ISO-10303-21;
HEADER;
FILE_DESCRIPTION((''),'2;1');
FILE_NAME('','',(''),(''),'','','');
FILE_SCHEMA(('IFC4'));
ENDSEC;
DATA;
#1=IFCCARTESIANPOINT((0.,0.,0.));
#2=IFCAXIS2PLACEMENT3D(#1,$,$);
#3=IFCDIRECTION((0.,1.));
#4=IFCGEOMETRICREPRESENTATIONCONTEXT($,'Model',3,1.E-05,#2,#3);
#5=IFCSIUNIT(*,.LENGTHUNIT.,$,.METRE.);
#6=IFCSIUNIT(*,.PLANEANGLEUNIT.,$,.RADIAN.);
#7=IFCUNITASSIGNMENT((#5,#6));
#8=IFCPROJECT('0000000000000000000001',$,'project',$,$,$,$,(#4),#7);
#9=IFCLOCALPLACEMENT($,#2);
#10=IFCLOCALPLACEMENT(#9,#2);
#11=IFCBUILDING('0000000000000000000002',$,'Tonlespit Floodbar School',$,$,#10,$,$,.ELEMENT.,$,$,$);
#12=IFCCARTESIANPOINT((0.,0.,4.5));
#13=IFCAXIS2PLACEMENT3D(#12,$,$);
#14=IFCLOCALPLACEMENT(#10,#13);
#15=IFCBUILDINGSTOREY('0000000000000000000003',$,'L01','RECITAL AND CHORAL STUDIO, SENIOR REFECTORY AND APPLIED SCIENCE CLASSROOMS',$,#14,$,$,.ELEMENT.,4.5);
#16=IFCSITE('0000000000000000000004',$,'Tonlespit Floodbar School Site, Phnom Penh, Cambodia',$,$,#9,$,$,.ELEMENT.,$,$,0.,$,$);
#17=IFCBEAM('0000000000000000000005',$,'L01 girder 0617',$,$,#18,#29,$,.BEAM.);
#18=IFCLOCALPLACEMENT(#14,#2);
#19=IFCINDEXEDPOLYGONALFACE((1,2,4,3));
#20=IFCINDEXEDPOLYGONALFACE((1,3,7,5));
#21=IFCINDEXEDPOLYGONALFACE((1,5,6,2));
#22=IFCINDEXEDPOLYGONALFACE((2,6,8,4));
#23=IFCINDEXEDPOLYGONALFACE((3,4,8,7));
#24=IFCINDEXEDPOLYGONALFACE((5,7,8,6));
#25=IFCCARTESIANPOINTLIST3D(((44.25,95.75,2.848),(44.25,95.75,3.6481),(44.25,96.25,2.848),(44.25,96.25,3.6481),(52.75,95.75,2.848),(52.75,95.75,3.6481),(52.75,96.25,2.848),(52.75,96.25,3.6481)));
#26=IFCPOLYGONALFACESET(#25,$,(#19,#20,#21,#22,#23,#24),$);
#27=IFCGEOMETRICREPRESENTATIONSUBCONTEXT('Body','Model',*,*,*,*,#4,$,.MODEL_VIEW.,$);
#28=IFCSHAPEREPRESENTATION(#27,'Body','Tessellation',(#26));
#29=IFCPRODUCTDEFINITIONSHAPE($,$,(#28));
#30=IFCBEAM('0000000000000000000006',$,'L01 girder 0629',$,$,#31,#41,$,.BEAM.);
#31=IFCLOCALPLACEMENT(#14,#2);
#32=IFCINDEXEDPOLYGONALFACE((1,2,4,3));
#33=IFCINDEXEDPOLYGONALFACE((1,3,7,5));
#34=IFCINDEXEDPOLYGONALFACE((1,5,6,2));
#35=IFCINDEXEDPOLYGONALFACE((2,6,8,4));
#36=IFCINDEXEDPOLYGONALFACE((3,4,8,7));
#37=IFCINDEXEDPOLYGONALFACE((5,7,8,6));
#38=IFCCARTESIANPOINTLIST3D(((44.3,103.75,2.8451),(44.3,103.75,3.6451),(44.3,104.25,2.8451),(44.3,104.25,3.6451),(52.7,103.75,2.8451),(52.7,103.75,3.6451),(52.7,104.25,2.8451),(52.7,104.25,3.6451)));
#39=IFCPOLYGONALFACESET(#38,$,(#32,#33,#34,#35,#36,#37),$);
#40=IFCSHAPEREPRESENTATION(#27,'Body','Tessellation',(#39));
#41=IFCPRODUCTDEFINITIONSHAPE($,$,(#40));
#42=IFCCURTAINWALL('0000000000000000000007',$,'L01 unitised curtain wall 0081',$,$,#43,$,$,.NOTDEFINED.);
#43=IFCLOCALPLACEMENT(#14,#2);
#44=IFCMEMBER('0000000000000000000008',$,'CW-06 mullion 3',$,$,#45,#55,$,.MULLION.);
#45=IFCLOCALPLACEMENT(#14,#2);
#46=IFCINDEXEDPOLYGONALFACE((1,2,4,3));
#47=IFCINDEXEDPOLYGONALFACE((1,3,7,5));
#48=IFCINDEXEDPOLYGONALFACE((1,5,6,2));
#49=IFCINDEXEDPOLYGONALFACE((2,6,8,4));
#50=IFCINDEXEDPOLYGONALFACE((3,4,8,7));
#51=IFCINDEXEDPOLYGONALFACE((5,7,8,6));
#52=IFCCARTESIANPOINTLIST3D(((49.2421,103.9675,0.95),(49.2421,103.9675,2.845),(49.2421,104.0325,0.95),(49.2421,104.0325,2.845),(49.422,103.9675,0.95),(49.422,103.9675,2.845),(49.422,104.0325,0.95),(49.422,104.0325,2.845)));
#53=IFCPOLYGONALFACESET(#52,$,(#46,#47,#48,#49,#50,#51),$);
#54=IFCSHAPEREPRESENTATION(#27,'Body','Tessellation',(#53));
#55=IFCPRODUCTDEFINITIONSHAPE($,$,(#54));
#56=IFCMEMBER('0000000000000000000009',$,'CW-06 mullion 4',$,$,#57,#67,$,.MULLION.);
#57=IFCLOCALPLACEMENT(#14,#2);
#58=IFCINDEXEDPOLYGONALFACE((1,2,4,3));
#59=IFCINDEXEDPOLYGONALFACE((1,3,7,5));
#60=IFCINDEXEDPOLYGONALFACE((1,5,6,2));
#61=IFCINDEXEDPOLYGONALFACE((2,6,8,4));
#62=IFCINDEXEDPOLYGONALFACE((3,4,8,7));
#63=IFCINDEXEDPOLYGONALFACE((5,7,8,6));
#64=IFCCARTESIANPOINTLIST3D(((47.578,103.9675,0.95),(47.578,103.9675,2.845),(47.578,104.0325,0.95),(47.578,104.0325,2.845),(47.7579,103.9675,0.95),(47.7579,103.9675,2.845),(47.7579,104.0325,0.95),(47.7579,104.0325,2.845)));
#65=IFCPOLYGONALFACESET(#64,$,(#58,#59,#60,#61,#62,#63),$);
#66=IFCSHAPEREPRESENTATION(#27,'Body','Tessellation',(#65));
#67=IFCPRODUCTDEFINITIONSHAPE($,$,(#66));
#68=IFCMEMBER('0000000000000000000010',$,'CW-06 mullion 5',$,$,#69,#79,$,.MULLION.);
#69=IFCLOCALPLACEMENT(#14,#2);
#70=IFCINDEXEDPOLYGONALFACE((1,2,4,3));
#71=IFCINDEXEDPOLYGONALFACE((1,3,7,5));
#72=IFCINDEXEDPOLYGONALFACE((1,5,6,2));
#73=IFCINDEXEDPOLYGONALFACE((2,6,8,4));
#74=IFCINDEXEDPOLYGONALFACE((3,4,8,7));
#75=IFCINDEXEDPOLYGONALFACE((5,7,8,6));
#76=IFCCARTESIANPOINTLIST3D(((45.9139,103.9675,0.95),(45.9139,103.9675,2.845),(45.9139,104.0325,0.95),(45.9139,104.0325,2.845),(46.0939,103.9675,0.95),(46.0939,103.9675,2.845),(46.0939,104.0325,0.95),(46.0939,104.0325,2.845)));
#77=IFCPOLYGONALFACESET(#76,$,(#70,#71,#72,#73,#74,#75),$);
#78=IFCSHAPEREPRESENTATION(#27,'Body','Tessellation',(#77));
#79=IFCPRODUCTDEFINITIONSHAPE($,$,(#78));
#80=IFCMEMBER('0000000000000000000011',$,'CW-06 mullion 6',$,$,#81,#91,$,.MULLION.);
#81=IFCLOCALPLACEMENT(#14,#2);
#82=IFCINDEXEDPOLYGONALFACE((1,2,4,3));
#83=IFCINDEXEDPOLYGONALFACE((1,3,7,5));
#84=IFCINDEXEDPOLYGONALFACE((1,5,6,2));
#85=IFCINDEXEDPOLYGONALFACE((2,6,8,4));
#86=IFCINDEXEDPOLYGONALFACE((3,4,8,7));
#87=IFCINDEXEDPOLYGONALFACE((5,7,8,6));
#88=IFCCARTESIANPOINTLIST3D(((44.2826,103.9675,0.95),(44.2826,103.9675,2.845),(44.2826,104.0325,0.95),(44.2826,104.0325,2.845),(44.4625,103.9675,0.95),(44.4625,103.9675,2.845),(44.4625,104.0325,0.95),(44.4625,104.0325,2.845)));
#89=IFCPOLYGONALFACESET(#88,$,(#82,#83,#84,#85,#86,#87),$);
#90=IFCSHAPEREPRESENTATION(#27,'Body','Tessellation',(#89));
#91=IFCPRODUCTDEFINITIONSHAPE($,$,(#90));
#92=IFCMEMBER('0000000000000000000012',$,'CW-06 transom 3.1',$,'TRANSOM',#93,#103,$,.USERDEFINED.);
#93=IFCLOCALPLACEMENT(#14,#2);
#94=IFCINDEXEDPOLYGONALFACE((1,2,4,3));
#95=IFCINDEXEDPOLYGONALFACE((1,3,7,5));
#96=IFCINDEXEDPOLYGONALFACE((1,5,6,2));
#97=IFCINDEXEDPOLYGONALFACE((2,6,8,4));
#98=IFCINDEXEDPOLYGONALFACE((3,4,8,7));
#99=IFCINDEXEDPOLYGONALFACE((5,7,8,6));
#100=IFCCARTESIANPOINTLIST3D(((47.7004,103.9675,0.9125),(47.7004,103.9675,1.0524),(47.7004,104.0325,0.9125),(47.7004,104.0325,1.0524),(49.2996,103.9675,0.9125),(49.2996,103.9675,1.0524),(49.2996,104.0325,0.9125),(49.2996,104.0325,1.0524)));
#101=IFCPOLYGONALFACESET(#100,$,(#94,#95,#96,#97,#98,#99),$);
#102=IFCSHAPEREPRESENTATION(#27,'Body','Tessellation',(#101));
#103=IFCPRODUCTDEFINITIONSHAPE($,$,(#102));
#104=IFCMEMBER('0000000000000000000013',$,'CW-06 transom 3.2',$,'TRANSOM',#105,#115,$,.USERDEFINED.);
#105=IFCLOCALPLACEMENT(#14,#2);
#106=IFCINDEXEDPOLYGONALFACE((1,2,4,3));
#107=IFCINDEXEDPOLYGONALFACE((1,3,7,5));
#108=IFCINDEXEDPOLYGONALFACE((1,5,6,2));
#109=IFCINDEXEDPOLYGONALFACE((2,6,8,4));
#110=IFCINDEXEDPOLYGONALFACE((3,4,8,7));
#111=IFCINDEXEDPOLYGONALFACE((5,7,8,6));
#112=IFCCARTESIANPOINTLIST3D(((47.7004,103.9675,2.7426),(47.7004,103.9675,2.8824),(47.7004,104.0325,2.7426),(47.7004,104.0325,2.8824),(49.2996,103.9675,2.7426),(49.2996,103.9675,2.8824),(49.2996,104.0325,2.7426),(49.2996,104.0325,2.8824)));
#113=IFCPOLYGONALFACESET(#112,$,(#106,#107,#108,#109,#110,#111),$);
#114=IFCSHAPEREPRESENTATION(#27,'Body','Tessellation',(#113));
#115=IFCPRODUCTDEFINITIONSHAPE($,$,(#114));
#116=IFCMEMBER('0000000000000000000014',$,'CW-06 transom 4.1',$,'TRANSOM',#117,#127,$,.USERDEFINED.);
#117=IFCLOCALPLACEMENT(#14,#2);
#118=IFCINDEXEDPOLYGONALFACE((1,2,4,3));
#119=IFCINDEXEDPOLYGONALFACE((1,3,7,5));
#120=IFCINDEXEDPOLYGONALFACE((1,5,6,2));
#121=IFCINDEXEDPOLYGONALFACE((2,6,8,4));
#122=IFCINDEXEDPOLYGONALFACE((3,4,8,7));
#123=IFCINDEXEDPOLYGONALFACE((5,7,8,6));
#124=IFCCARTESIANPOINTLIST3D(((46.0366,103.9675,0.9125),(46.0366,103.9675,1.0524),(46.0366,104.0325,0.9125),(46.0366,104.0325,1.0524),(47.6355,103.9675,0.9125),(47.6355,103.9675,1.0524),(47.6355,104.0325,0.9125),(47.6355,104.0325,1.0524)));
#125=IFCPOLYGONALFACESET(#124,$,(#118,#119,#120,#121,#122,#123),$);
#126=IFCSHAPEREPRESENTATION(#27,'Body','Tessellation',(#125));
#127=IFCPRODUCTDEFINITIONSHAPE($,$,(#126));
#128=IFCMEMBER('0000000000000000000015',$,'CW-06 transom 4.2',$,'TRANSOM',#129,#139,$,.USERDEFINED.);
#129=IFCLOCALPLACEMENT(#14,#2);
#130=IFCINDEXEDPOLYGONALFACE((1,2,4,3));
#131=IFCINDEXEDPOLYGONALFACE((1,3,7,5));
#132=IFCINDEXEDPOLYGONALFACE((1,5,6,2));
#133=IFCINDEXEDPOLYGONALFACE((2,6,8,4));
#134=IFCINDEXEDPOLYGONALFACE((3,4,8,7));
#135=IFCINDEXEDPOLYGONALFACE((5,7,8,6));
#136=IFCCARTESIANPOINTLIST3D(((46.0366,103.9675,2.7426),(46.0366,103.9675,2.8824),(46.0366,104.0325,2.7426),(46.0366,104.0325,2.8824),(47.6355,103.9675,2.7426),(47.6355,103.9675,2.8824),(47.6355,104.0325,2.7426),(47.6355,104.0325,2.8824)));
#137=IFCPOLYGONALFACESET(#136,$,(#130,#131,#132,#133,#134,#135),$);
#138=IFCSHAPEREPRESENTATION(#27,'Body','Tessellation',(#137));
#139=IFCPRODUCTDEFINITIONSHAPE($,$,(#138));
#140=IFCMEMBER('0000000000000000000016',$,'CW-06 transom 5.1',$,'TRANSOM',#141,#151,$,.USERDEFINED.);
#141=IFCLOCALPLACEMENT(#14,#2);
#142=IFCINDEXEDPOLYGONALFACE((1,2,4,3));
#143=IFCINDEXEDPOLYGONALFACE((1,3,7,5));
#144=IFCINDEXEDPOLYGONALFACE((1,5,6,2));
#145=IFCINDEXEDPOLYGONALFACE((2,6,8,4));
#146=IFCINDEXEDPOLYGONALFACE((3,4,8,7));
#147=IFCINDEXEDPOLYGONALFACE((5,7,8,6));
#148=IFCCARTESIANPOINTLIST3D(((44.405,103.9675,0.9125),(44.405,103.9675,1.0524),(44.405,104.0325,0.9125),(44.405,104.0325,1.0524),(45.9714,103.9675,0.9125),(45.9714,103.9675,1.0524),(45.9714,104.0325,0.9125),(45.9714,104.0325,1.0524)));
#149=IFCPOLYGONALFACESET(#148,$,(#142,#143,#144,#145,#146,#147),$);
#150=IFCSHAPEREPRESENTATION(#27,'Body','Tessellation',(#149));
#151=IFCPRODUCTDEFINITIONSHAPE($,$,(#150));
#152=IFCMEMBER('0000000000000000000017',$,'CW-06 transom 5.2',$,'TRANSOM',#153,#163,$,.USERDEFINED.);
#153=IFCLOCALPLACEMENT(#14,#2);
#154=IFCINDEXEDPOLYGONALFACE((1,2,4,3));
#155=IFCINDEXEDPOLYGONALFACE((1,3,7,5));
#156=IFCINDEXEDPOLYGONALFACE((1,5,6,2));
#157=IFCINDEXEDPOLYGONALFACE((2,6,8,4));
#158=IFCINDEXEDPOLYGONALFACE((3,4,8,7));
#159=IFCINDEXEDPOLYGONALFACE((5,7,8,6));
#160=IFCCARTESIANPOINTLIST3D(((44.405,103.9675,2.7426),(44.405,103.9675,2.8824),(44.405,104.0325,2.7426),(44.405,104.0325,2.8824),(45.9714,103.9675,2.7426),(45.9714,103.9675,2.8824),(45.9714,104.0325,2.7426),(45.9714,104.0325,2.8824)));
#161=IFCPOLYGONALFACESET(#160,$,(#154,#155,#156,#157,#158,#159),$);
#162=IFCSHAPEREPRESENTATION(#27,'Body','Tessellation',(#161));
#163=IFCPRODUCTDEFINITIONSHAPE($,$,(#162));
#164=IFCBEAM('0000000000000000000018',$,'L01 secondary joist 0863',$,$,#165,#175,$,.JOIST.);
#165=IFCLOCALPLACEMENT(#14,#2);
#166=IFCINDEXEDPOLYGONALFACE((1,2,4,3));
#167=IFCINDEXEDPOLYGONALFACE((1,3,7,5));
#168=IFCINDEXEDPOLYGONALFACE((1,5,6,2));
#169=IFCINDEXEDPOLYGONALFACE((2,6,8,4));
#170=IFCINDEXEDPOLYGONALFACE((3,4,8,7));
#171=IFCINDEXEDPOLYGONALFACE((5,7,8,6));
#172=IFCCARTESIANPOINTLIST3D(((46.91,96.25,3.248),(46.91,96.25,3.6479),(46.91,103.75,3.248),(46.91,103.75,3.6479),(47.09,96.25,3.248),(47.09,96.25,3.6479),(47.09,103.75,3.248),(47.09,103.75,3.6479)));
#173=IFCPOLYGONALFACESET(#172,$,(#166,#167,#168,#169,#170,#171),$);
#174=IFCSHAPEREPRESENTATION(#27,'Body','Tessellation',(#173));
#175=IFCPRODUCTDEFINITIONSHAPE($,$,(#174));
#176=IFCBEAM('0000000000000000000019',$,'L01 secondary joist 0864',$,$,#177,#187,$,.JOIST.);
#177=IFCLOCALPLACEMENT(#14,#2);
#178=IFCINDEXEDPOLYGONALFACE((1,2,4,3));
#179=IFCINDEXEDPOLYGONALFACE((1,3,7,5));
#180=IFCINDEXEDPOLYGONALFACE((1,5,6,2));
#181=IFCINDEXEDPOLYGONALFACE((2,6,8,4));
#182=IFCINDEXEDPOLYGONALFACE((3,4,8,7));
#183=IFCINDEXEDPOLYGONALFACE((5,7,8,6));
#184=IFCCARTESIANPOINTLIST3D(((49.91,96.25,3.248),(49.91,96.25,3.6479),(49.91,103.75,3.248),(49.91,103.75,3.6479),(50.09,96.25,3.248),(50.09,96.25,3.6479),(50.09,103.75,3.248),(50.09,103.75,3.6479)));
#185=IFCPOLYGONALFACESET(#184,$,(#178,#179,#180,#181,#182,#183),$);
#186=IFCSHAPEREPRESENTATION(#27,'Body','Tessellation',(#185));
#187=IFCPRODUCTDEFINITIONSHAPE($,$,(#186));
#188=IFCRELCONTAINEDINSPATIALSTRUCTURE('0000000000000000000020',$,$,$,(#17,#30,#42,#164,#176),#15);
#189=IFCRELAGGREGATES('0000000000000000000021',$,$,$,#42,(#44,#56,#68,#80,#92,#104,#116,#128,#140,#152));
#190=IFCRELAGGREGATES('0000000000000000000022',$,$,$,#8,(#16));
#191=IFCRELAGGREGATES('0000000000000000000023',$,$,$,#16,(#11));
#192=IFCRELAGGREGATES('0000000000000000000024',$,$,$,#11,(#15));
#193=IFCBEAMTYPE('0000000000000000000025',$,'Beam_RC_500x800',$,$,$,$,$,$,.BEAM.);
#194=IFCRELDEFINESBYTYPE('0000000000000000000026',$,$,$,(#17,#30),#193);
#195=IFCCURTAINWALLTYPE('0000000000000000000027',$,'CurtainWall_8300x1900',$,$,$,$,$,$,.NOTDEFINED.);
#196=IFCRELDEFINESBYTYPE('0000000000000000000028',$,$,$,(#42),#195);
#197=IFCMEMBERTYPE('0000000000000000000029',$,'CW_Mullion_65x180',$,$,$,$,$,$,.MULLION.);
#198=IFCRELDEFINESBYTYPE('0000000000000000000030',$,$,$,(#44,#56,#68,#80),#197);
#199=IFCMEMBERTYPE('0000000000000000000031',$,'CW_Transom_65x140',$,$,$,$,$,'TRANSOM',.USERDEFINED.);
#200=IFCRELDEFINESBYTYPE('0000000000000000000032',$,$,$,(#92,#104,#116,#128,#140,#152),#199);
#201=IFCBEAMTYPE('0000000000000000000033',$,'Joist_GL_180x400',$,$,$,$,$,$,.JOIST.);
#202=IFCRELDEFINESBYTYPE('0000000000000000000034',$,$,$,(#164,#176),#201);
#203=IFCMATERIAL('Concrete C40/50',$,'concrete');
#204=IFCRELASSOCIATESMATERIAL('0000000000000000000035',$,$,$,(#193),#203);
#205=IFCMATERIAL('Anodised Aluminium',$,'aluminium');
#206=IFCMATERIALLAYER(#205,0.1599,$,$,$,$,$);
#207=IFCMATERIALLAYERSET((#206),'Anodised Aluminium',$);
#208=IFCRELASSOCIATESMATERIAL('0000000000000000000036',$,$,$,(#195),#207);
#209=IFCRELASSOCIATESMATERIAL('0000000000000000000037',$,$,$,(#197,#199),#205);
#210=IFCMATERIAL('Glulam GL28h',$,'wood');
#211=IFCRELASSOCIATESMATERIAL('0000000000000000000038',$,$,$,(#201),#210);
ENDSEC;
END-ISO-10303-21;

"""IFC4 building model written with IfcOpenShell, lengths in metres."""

from ifc_helpers import new_model, si_unit, direction, frame, origin, origin_2d, place, context, subcontext, project, spatial, rectangle, extrude, material, layer, layer_set, material_profile, profile_set, type_object, element, aggregate, save


model = new_model("IFC4")

# Units and contexts
model_context = context("Model", 3, precision=1e-05, world=origin(), true_north=direction((0.0, 1.0)))
body_context = subcontext(model_context, "Body", "Model", "MODEL_VIEW")
ifc_project = project(units=[si_unit("LENGTHUNIT", "METRE"), si_unit("PLANEANGLEUNIT", "RADIAN")], contexts=[model_context])

# Site, building, storey
site_placement = place(None, origin())
site = spatial("IfcSite", under=ifc_project, at=site_placement, Name="Tonlespit Floodbar School Site, Phnom Penh, Cambodia", CompositionType="ELEMENT", RefElevation=0.0)
building_placement = place(site_placement, origin())
building = spatial("IfcBuilding", under=site, at=building_placement, Name="Tonlespit Floodbar School", CompositionType="ELEMENT")
storey_placement = place(building_placement, frame((0.0, 0.0, 4.5)))
storey = spatial("IfcBuildingStorey", under=building, at=storey_placement, Name="L01", Description="RECITAL AND CHORAL STUDIO, SENIOR REFECTORY AND APPLIED SCIENCE CLASSROOMS", CompositionType="ELEMENT", Elevation=4.5)

# Beams
ifc_material_1 = material(Name="Concrete C40/50", Category="concrete")
ifc_material_profile_1 = material_profile(ifc_material_1, rectangle(XDim=0.5, YDim=0.8, at=origin_2d()), Name="RC 500x800")
ifc_profile_set_1 = profile_set([ifc_material_profile_1], Name="Concrete C40/50")
beam_type_1 = type_object("IfcBeamType", Name="Beam_RC_500x800", PredefinedType="BEAM", material=ifc_profile_set_1)
beam_1_placement = place(storey_placement, frame((44.25, 96.0, 3.248), z_axis=(1.0, 0.0, 0.0), x_axis=(0.0, 1.0, 0.0)))
element("IfcBeam", 1, at=beam_1_placement, inside=storey, type_object=beam_type_1, Name="L01 girder 0617", PredefinedType="BEAM", context=body_context, shape_type="SweptSolid", body=[
    extrude(rectangle(XDim=0.5, YDim=0.8, at=origin_2d()), origin(), (0.0, 0.0, 1.0), 8.5),
])
beam_2_placement = place(storey_placement, frame((44.3, 104.0, 3.2451), z_axis=(1.0, 0.0, 0.0), x_axis=(0.0, 1.0, 0.0)))
element("IfcBeam", 2, at=beam_2_placement, inside=storey, type_object=beam_type_1, Name="L01 girder 0629", PredefinedType="BEAM", context=body_context, shape_type="SweptSolid", body=[
    extrude(rectangle(XDim=0.5, YDim=0.8, at=origin_2d()), origin(), (0.0, 0.0, 1.0), 8.3999),
])

# Curtain wall, members
ifc_material_2 = material(Name="Anodised Aluminium", Category="aluminium")
ifc_layer_1 = layer(ifc_material_2, 0.1599)
ifc_layer_set_1 = layer_set([ifc_layer_1], Name="Anodised Aluminium")
curtain_wall_type = type_object("IfcCurtainWallType", Name="CurtainWall_8300x1900", PredefinedType="NOTDEFINED", material=ifc_layer_set_1)
curtain_wall_placement = place(storey_placement, origin())
curtain_wall = element("IfcCurtainWall", 3, at=curtain_wall_placement, inside=storey, type_object=curtain_wall_type, Name="L01 unitised curtain wall 0081", PredefinedType="NOTDEFINED")
ifc_material_profile_2 = material_profile(ifc_material_2, rectangle(XDim=0.0649, YDim=0.1799, at=origin_2d()), Name="ALU M65x180")
ifc_profile_set_2 = profile_set([ifc_material_profile_2], Name="Anodised Aluminium")
member_type_1 = type_object("IfcMemberType", Name="CW_Mullion_65x180", PredefinedType="MULLION", material=ifc_profile_set_2)
member_1_placement = place(storey_placement, frame((49.332, 104.0, 0.95), z_axis=(0.0, 0.0, 1.0), x_axis=(0.0, -1.0, 0.0)))
member_1 = element("IfcMember", 4, at=member_1_placement, type_object=member_type_1, Name="CW-06 mullion 3", PredefinedType="MULLION", context=body_context, shape_type="SweptSolid", body=[
    extrude(rectangle(XDim=0.0649, YDim=0.1799, at=origin_2d()), origin(), (0.0, 0.0, 1.0), 1.895),
])
member_2_placement = place(storey_placement, frame((47.668, 104.0, 0.95), z_axis=(0.0, 0.0, 1.0), x_axis=(0.0, -1.0, 0.0)))
member_2 = element("IfcMember", 5, at=member_2_placement, type_object=member_type_1, Name="CW-06 mullion 4", PredefinedType="MULLION", context=body_context, shape_type="SweptSolid", body=[
    extrude(rectangle(XDim=0.0649, YDim=0.1799, at=origin_2d()), origin(), (0.0, 0.0, 1.0), 1.895),
])
member_3_placement = place(storey_placement, frame((46.0039, 104.0, 0.95), z_axis=(0.0, 0.0, 1.0), x_axis=(0.0, -1.0, 0.0)))
member_3 = element("IfcMember", 6, at=member_3_placement, type_object=member_type_1, Name="CW-06 mullion 5", PredefinedType="MULLION", context=body_context, shape_type="SweptSolid", body=[
    extrude(rectangle(XDim=0.0649, YDim=0.1799, at=origin_2d()), origin(), (0.0, 0.0, 1.0), 1.895),
])
member_4_placement = place(storey_placement, frame((44.3726, 104.0, 0.95), z_axis=(0.0, 0.0, 1.0), x_axis=(0.0, -1.0, 0.0)))
member_4 = element("IfcMember", 7, at=member_4_placement, type_object=member_type_1, Name="CW-06 mullion 6", PredefinedType="MULLION", context=body_context, shape_type="SweptSolid", body=[
    extrude(rectangle(XDim=0.0649, YDim=0.1799, at=origin_2d()), origin(), (0.0, 0.0, 1.0), 1.895),
])
ifc_material_profile_3 = material_profile(ifc_material_2, rectangle(XDim=0.0649, YDim=0.1399, at=origin_2d()), Name="ALU T65x140")
ifc_profile_set_3 = profile_set([ifc_material_profile_3], Name="Anodised Aluminium")
member_type_2 = type_object("IfcMemberType", Name="CW_Transom_65x140", ElementType="TRANSOM", PredefinedType="USERDEFINED", material=ifc_profile_set_3)
member_5_placement = place(storey_placement, frame((49.2996, 104.0, 0.9824), z_axis=(-1.0, 0.0, 0.0), x_axis=(0.0, -1.0, 0.0)))
member_5 = element("IfcMember", 8, at=member_5_placement, type_object=member_type_2, Name="CW-06 transom 3.1", ObjectType="TRANSOM", PredefinedType="USERDEFINED", context=body_context, shape_type="SweptSolid", body=[
    extrude(rectangle(XDim=0.0649, YDim=0.1399, at=origin_2d()), origin(), (0.0, 0.0, 1.0), 1.5991),
])
member_6_placement = place(storey_placement, frame((49.2996, 104.0, 2.8125), z_axis=(-1.0, 0.0, 0.0), x_axis=(0.0, -1.0, 0.0)))
member_6 = element("IfcMember", 9, at=member_6_placement, type_object=member_type_2, Name="CW-06 transom 3.2", ObjectType="TRANSOM", PredefinedType="USERDEFINED", context=body_context, shape_type="SweptSolid", body=[
    extrude(rectangle(XDim=0.0649, YDim=0.1399, at=origin_2d()), origin(), (0.0, 0.0, 1.0), 1.5991),
])
member_7_placement = place(storey_placement, frame((47.6355, 104.0, 0.9824), z_axis=(-1.0, 0.0, 0.0), x_axis=(0.0, -1.0, 0.0)))
member_7 = element("IfcMember", 10, at=member_7_placement, type_object=member_type_2, Name="CW-06 transom 4.1", ObjectType="TRANSOM", PredefinedType="USERDEFINED", context=body_context, shape_type="SweptSolid", body=[
    extrude(rectangle(XDim=0.0649, YDim=0.1399, at=origin_2d()), origin(), (0.0, 0.0, 1.0), 1.5989),
])
member_8_placement = place(storey_placement, frame((47.6355, 104.0, 2.8125), z_axis=(-1.0, 0.0, 0.0), x_axis=(0.0, -1.0, 0.0)))
member_8 = element("IfcMember", 11, at=member_8_placement, type_object=member_type_2, Name="CW-06 transom 4.2", ObjectType="TRANSOM", PredefinedType="USERDEFINED", context=body_context, shape_type="SweptSolid", body=[
    extrude(rectangle(XDim=0.0649, YDim=0.1399, at=origin_2d()), origin(), (0.0, 0.0, 1.0), 1.5989),
])
member_9_placement = place(storey_placement, frame((45.9714, 104.0, 0.9824), z_axis=(-1.0, 0.0, 0.0), x_axis=(0.0, -1.0, 0.0)))
member_9 = element("IfcMember", 12, at=member_9_placement, type_object=member_type_2, Name="CW-06 transom 5.1", ObjectType="TRANSOM", PredefinedType="USERDEFINED", context=body_context, shape_type="SweptSolid", body=[
    extrude(rectangle(XDim=0.0649, YDim=0.1399, at=origin_2d()), origin(), (0.0, 0.0, 1.0), 1.5664),
])
member_10_placement = place(storey_placement, frame((45.9714, 104.0, 2.8125), z_axis=(-1.0, 0.0, 0.0), x_axis=(0.0, -1.0, 0.0)))
member_10 = element("IfcMember", 13, at=member_10_placement, type_object=member_type_2, Name="CW-06 transom 5.2", ObjectType="TRANSOM", PredefinedType="USERDEFINED", context=body_context, shape_type="SweptSolid", body=[
    extrude(rectangle(XDim=0.0649, YDim=0.1399, at=origin_2d()), origin(), (0.0, 0.0, 1.0), 1.5664),
])

# Beams
ifc_material_3 = material(Name="Glulam GL28h", Category="wood")
ifc_material_profile_4 = material_profile(ifc_material_3, rectangle(XDim=0.1799, YDim=0.3999, at=origin_2d()), Name="GL 180x400")
ifc_profile_set_4 = profile_set([ifc_material_profile_4], Name="Glulam GL28h")
beam_type_2 = type_object("IfcBeamType", Name="Joist_GL_180x400", PredefinedType="JOIST", material=ifc_profile_set_4)
for number, where, z_axis, x_axis, name in (
    (14, (47.0, 96.25, 3.448), (0.0, 1.0, 0.0), (-1.0, 0.0, 0.0), "L01 secondary joist 0863"),
    (15, (50.0, 96.25, 3.448), (0.0, 1.0, 0.0), (-1.0, 0.0, 0.0), "L01 secondary joist 0864"),
):
    element("IfcBeam", number, at=place(storey_placement, frame(where, z_axis=z_axis, x_axis=x_axis)), inside=storey, type_object=beam_type_2, Name=name, PredefinedType="JOIST", context=body_context, shape_type="SweptSolid", body=[
        extrude(rectangle(XDim=0.1799, YDim=0.3999, at=origin_2d()), origin(), (0.0, 0.0, 1.0), 7.5),
    ])

aggregate(curtain_wall, [member_1, member_2, member_3, member_4, member_5, member_6, member_7, member_8, member_9, member_10])

save(model, "model.ifc")
